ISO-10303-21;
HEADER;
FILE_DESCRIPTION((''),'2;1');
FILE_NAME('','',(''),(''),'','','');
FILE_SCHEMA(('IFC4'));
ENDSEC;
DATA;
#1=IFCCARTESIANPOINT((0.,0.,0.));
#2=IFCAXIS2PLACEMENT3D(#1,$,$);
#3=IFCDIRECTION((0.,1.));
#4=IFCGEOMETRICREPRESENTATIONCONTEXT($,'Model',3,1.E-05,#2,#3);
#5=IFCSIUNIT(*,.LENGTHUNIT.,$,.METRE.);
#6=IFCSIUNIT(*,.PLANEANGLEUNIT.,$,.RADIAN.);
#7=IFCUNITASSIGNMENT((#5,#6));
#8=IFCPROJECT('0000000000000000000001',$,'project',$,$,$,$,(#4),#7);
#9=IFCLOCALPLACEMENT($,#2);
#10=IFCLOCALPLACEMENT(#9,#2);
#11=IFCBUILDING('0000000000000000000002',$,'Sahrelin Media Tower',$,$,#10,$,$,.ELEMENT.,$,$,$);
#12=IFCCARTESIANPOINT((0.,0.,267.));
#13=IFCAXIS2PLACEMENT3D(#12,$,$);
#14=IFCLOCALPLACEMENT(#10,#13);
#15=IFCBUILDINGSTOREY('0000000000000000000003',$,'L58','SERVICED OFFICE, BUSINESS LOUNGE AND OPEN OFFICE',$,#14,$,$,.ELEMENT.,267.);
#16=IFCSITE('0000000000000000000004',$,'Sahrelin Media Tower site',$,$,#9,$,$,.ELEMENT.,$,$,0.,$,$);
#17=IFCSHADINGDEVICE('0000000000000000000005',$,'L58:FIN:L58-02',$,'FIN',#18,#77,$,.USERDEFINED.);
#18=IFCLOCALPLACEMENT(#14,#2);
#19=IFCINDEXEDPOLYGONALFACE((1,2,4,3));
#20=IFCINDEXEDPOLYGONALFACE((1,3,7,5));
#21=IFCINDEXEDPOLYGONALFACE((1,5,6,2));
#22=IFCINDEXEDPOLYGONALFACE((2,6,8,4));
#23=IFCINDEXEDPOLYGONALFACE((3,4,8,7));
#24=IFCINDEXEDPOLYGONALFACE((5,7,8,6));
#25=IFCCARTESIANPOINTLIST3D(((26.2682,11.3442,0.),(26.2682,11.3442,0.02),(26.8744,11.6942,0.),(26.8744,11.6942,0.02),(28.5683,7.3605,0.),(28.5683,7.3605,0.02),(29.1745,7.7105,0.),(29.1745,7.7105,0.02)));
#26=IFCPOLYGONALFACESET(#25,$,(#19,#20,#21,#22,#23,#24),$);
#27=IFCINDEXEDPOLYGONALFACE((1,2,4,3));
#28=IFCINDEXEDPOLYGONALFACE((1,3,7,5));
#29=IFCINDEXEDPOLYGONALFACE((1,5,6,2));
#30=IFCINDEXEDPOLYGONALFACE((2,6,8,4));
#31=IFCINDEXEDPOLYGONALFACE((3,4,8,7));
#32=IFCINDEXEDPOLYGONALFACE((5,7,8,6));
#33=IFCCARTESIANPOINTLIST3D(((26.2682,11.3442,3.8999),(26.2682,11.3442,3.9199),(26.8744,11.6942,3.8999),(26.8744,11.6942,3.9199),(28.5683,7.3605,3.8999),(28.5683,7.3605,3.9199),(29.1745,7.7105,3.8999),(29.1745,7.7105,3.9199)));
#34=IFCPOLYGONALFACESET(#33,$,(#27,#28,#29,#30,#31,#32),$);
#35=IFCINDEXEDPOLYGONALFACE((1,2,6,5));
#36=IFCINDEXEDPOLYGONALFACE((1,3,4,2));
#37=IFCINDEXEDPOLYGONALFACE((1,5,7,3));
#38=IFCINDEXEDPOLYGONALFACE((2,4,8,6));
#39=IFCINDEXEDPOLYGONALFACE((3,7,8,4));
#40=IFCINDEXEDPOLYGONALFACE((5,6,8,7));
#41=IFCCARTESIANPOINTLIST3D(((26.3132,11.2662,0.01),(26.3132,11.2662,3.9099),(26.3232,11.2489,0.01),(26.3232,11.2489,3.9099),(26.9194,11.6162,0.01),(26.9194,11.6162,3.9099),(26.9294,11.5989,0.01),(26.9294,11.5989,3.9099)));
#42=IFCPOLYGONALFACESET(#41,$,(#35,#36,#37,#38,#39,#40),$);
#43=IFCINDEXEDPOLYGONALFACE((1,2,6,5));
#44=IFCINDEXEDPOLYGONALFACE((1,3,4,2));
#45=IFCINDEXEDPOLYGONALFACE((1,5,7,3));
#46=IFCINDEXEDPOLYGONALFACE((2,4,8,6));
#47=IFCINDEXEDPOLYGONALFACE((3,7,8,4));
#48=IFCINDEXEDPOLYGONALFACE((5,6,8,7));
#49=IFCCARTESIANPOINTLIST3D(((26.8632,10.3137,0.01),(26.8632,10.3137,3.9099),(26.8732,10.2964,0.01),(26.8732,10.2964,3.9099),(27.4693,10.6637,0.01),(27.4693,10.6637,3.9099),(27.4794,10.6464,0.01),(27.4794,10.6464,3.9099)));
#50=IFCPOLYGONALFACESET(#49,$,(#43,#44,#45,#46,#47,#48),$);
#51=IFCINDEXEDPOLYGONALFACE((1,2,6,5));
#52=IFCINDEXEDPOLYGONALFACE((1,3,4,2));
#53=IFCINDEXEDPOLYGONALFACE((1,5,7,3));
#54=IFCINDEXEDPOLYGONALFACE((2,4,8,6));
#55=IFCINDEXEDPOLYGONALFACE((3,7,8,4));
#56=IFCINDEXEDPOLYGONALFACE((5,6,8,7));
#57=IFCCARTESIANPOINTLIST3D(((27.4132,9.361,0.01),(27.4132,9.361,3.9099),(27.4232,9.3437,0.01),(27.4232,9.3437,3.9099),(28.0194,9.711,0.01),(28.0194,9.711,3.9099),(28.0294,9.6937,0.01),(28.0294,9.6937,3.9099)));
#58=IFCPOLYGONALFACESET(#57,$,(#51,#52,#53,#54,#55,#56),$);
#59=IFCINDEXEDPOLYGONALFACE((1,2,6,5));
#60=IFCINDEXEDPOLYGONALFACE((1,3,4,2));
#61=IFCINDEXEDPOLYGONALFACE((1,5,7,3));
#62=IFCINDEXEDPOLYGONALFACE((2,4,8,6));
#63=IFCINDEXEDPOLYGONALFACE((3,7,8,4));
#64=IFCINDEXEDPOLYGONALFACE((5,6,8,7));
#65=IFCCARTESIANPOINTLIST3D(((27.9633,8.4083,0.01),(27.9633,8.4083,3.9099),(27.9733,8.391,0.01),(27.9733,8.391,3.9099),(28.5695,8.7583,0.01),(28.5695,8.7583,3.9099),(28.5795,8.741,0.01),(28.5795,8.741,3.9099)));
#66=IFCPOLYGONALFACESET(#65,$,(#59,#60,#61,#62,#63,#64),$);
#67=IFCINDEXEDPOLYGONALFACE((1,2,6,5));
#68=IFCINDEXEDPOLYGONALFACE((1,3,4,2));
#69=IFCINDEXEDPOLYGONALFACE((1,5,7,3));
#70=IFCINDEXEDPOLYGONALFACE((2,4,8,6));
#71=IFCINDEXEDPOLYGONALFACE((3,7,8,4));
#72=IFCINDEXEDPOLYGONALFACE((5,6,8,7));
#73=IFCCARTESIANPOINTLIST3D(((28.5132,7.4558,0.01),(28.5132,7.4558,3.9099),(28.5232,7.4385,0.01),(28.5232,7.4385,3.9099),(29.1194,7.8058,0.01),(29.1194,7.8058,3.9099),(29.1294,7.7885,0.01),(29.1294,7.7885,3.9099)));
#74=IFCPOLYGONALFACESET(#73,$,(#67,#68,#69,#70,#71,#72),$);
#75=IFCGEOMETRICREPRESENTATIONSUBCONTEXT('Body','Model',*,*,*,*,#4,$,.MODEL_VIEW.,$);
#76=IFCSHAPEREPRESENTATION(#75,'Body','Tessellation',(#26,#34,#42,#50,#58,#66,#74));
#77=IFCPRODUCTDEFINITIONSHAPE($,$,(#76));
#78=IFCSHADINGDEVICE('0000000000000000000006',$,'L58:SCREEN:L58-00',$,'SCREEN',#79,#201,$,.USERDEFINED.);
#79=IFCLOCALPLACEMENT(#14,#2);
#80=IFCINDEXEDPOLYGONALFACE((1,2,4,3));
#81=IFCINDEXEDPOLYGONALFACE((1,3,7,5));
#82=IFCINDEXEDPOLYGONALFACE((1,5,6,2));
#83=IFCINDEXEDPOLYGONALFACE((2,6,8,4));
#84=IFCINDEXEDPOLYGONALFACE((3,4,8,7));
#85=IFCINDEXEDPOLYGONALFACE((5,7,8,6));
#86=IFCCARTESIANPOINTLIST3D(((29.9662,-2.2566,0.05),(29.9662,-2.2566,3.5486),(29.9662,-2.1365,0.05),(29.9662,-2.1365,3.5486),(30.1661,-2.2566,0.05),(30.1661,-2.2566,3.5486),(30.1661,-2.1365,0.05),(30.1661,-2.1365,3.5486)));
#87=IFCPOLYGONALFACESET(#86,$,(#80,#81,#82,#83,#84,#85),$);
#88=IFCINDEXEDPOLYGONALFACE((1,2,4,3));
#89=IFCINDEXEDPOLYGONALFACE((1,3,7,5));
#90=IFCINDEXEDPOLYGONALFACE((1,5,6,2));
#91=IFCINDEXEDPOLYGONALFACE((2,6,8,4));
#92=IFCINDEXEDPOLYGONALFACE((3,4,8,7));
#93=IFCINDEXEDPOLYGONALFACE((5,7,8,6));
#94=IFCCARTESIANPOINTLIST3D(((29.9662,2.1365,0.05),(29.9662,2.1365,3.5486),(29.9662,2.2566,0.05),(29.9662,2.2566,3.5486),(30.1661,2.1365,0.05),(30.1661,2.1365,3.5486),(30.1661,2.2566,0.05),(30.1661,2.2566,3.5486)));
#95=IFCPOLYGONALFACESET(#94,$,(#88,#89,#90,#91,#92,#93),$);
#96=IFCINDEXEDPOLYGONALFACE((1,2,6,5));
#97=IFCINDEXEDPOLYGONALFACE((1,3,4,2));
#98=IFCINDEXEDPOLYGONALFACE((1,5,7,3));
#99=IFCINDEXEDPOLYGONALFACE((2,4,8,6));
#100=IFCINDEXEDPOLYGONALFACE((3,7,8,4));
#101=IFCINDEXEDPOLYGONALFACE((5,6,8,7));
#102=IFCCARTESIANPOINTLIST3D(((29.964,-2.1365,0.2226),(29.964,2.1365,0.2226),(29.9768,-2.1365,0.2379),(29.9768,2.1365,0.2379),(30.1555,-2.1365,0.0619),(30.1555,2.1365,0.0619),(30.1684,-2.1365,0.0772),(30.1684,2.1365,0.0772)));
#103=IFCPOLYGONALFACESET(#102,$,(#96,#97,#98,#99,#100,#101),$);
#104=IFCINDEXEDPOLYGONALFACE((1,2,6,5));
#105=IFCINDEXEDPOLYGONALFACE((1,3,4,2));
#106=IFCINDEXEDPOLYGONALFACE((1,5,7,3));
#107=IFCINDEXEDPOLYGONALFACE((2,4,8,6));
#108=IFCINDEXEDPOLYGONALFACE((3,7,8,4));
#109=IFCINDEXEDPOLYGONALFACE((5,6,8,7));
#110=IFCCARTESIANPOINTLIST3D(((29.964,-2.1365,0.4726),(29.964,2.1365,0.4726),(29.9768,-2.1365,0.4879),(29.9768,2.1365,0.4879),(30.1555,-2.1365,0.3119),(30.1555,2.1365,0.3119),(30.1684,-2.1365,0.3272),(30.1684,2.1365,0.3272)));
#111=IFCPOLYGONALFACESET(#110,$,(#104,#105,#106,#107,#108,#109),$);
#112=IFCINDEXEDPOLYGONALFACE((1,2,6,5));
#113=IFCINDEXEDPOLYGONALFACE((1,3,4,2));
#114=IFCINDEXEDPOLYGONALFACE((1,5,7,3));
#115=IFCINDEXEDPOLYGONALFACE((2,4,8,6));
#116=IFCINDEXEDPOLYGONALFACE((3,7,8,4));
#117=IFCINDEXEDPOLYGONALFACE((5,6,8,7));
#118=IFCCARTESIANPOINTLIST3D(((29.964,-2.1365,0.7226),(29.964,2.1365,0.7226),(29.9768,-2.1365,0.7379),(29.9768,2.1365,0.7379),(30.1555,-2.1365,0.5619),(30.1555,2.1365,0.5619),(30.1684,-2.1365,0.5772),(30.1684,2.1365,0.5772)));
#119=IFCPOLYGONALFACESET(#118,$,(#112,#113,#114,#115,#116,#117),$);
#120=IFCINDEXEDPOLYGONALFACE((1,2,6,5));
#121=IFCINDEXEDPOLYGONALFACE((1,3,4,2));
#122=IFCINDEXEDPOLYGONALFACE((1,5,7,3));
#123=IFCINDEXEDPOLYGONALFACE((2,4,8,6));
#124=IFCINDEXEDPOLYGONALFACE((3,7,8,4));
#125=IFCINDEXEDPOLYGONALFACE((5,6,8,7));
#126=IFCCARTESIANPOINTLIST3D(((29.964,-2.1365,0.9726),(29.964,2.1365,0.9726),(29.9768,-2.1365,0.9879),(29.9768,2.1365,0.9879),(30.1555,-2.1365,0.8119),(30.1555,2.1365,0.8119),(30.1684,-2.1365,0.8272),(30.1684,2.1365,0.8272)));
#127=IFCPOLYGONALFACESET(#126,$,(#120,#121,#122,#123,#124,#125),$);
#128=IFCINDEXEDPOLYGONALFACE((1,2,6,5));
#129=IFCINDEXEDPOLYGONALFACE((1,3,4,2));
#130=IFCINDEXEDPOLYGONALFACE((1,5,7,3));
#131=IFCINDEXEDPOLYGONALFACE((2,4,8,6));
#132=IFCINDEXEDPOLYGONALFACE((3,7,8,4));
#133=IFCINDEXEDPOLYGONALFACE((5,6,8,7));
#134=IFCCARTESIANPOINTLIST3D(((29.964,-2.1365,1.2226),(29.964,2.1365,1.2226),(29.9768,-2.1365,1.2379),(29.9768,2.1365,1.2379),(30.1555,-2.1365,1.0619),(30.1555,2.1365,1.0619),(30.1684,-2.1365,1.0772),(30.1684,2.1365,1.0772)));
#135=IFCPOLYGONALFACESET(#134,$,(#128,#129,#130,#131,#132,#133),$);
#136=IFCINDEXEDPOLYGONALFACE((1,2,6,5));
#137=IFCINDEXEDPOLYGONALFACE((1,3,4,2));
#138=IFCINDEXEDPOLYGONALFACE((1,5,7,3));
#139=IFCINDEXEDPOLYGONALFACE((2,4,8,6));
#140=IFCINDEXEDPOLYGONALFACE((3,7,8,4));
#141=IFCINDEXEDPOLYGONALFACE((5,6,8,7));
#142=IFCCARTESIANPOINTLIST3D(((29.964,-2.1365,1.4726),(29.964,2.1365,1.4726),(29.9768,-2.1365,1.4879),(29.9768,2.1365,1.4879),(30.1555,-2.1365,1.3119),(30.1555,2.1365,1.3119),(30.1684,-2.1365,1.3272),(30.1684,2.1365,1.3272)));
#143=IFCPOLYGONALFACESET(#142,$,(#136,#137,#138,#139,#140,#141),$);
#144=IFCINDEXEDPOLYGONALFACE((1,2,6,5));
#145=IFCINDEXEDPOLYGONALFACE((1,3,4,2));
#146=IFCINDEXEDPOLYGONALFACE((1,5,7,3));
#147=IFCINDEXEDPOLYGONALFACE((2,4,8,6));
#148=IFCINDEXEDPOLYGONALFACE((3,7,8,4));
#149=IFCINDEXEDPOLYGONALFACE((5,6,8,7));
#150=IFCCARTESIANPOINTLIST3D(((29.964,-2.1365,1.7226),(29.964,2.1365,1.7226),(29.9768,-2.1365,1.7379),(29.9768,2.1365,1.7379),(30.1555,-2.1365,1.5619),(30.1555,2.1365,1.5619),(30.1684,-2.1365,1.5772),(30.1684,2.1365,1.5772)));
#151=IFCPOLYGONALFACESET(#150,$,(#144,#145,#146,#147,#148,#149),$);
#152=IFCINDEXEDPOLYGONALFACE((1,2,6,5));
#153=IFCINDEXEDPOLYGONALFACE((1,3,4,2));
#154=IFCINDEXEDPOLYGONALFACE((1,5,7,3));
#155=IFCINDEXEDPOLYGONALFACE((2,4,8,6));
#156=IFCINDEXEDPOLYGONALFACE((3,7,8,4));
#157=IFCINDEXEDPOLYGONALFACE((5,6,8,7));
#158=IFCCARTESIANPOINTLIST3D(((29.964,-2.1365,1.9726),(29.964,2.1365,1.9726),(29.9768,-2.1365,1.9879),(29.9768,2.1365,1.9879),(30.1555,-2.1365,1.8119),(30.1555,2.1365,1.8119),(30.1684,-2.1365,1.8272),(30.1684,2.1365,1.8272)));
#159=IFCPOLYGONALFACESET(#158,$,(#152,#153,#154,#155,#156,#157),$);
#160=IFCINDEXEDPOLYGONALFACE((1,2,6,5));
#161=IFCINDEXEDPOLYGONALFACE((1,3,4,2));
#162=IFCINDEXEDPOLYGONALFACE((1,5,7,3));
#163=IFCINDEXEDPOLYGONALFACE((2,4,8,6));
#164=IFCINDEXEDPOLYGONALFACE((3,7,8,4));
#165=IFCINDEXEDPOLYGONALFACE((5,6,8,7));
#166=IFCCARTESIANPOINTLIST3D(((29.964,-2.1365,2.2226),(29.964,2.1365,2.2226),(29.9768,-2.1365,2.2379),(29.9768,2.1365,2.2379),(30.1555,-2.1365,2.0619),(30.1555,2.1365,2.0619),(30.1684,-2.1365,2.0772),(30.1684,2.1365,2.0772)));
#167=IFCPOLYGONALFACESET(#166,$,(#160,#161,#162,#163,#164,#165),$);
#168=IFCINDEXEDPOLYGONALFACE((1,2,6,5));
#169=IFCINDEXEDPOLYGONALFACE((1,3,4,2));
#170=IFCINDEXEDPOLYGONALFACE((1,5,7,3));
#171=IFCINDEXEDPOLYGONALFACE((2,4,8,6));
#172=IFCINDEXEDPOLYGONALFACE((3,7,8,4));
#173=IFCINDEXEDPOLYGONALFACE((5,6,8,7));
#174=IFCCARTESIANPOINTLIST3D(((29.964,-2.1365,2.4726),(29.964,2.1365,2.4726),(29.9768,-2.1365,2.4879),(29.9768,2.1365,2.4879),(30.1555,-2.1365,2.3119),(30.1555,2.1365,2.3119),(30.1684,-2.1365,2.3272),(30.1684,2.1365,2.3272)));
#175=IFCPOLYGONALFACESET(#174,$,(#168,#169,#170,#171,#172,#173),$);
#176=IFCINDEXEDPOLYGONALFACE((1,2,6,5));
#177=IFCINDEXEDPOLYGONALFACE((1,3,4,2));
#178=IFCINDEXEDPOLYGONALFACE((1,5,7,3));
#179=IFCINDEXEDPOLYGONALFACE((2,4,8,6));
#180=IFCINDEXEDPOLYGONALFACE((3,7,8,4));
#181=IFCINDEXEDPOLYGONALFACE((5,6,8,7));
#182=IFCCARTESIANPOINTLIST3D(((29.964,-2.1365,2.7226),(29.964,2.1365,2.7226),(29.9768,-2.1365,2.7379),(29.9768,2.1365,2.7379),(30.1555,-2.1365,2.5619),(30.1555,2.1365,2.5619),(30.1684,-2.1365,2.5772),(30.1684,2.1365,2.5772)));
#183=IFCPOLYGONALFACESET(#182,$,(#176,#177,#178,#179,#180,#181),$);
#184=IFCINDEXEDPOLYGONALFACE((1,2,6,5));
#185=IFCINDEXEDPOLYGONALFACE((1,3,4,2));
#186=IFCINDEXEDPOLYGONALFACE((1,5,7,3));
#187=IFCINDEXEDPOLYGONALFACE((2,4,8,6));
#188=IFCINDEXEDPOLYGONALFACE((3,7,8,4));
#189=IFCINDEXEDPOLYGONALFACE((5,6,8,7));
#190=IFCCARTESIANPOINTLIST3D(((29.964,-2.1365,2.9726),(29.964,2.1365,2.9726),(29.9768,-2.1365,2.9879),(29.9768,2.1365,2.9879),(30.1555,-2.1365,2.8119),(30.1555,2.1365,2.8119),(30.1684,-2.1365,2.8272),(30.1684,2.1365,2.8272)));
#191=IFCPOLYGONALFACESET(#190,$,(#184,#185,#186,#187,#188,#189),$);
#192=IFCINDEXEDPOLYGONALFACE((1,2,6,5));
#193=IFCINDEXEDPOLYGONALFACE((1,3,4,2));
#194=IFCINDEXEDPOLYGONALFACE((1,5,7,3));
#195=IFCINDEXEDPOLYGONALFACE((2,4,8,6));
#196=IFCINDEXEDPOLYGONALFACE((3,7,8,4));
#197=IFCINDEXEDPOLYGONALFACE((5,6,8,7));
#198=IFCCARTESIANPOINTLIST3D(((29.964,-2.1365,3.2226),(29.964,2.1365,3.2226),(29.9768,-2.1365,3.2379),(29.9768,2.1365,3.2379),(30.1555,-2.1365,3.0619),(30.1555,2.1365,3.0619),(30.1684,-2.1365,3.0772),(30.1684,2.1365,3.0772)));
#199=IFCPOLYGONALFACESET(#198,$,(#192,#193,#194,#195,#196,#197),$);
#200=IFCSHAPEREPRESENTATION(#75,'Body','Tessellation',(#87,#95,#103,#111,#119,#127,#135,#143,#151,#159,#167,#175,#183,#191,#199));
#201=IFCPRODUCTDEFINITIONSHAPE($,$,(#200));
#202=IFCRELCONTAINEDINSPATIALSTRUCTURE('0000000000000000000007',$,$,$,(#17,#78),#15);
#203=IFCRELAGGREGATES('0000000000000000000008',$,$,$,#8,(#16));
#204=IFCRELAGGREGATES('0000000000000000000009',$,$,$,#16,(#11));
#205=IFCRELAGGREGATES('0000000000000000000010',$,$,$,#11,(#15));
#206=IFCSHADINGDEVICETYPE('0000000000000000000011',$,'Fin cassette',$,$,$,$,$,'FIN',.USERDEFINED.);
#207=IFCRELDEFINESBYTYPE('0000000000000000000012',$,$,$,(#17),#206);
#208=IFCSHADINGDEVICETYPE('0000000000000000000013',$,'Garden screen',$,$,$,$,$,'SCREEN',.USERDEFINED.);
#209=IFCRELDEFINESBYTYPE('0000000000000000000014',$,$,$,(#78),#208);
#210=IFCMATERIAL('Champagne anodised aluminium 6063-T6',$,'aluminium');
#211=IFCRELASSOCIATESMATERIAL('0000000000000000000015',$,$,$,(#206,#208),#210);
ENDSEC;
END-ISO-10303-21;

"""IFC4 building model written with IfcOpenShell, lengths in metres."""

from ifc_helpers import new_model, si_unit, direction, frame, origin, origin_2d, place, context, subcontext, project, spatial, rectangle, extrude, material, type_object, element, save


model = new_model("IFC4")

# Units and contexts
model_context = context("Model", 3, precision=1e-05, world=origin(), true_north=direction((0.0, 1.0)))
body_context = subcontext(model_context, "Body", "Model", "MODEL_VIEW")
ifc_project = project(units=[si_unit("LENGTHUNIT", "METRE"), si_unit("PLANEANGLEUNIT", "RADIAN")], contexts=[model_context])

# Site, building, storey
site_placement = place(None, origin())
site = spatial("IfcSite", under=ifc_project, at=site_placement, Name="Sahrelin Media Tower site", CompositionType="ELEMENT", RefElevation=0.0)
building_placement = place(site_placement, origin())
building = spatial("IfcBuilding", under=site, at=building_placement, Name="Sahrelin Media Tower", CompositionType="ELEMENT")
storey_placement = place(building_placement, frame((0.0, 0.0, 267.0)))
storey = spatial("IfcBuildingStorey", under=building, at=storey_placement, Name="L58", Description="SERVICED OFFICE, BUSINESS LOUNGE AND OPEN OFFICE", CompositionType="ELEMENT", Elevation=267.0)

# Shared definitions
ifc_material_1 = material(Name="Champagne anodised aluminium 6063-T6", Category="aluminium")

# Shading devices
shading_device_type_1 = type_object("IfcShadingDeviceType", Name="Fin cassette", ElementType="FIN", PredefinedType="USERDEFINED", material=ifc_material_1)
placement = place(storey_placement, frame((27.3577, 9.3174, 0.0), z_axis=(0.0, 0.0, 1.0), x_axis=(0.500011, -0.866019, 0.0)))
element("IfcShadingDevice", 1, at=placement, inside=storey, type_object=shading_device_type_1, Name="L58:FIN:L58-02", ObjectType="FIN", PredefinedType="USERDEFINED", context=body_context, shape_type="SweptSolid", body=[
    extrude(rectangle(XDim=4.6001, YDim=0.7, at=origin_2d()), frame((0.0, 0.4199, 0.0)), (0.0, 0.0, 1.0), 0.02),
    extrude(rectangle(XDim=4.6001, YDim=0.7, at=origin_2d()), frame((0.0, 0.4199, 3.8999)), (0.0, 0.0, 1.0), 0.02),
    extrude(rectangle(XDim=0.02, YDim=0.7, at=origin_2d()), frame((-2.2, 0.4199, 0.01), z_axis=(0.0, 0.0, 1.0), x_axis=(1.0, 0.0, 0.0)), (0.0, 0.0, 1.0), 3.8999),
    extrude(rectangle(XDim=0.02, YDim=0.7, at=origin_2d()), frame((-1.1001, 0.4199, 0.01), z_axis=(0.0, 0.0, 1.0), x_axis=(1.0, 0.0, 0.0)), (0.0, 0.0, 1.0), 3.8999),
    extrude(rectangle(XDim=0.02, YDim=0.7, at=origin_2d()), frame((0.0, 0.4199, 0.01), z_axis=(0.0, 0.0, 1.0), x_axis=(1.0, 0.0, 0.0)), (0.0, 0.0, 1.0), 3.8999),
    extrude(rectangle(XDim=0.02, YDim=0.7, at=origin_2d()), frame((1.1001, 0.4199, 0.01), z_axis=(0.0, 0.0, 1.0), x_axis=(1.0, 0.0, 0.0)), (0.0, 0.0, 1.0), 3.8999),
    extrude(rectangle(XDim=0.02, YDim=0.7, at=origin_2d()), frame((2.2, 0.4199, 0.01), z_axis=(0.0, 0.0, 1.0), x_axis=(1.0, 0.0, 0.0)), (0.0, 0.0, 1.0), 3.8999),
])
shading_device_type_2 = type_object("IfcShadingDeviceType", Name="Garden screen", ElementType="SCREEN", PredefinedType="USERDEFINED", material=ifc_material_1)
shading_device_1_placement = place(storey_placement, frame((29.9661, 0.0, 0.0), z_axis=(0.0, 0.0, 1.0), x_axis=(0.0, -1.0, 0.0)))
element("IfcShadingDevice", 2, at=shading_device_1_placement, inside=storey, type_object=shading_device_type_2, Name="L58:SCREEN:L58-00", ObjectType="SCREEN", PredefinedType="USERDEFINED", context=body_context, shape_type="SweptSolid", body=[
    extrude(rectangle(XDim=0.1201, YDim=0.2, at=origin_2d()), frame((2.1965, 0.1001, 0.05), z_axis=(0.0, 0.0, 1.0), x_axis=(1.0, 0.0, 0.0)), (0.0, 0.0, 1.0), 3.4985),
    extrude(rectangle(XDim=0.1201, YDim=0.2, at=origin_2d()), frame((-2.1965, 0.1001, 0.05), z_axis=(0.0, 0.0, 1.0), x_axis=(1.0, 0.0, 0.0)), (0.0, 0.0, 1.0), 3.4985),
    extrude(rectangle(XDim=0.25, YDim=0.02, at=origin_2d()), frame((2.1365, 0.1001, 0.1499), z_axis=(-1.0, 0.0, 0.0), x_axis=(0.0, -0.766044, 0.642788)), (0.0, 0.0, 1.0), 4.2729),
    extrude(rectangle(XDim=0.25, YDim=0.02, at=origin_2d()), frame((2.1365, 0.1001, 0.3999), z_axis=(-1.0, 0.0, 0.0), x_axis=(0.0, -0.766044, 0.642788)), (0.0, 0.0, 1.0), 4.2729),
    extrude(rectangle(XDim=0.25, YDim=0.02, at=origin_2d()), frame((2.1365, 0.1001, 0.6499), z_axis=(-1.0, 0.0, 0.0), x_axis=(0.0, -0.766044, 0.642788)), (0.0, 0.0, 1.0), 4.2729),
    extrude(rectangle(XDim=0.25, YDim=0.02, at=origin_2d()), frame((2.1365, 0.1001, 0.8999), z_axis=(-1.0, 0.0, 0.0), x_axis=(0.0, -0.766044, 0.642788)), (0.0, 0.0, 1.0), 4.2729),
    extrude(rectangle(XDim=0.25, YDim=0.02, at=origin_2d()), frame((2.1365, 0.1001, 1.1499), z_axis=(-1.0, 0.0, 0.0), x_axis=(0.0, -0.766044, 0.642788)), (0.0, 0.0, 1.0), 4.2729),
    extrude(rectangle(XDim=0.25, YDim=0.02, at=origin_2d()), frame((2.1365, 0.1001, 1.3999), z_axis=(-1.0, 0.0, 0.0), x_axis=(0.0, -0.766044, 0.642788)), (0.0, 0.0, 1.0), 4.2729),
    extrude(rectangle(XDim=0.25, YDim=0.02, at=origin_2d()), frame((2.1365, 0.1001, 1.6499), z_axis=(-1.0, 0.0, 0.0), x_axis=(0.0, -0.766044, 0.642788)), (0.0, 0.0, 1.0), 4.2729),
    extrude(rectangle(XDim=0.25, YDim=0.02, at=origin_2d()), frame((2.1365, 0.1001, 1.8999), z_axis=(-1.0, 0.0, 0.0), x_axis=(0.0, -0.766044, 0.642788)), (0.0, 0.0, 1.0), 4.2729),
    extrude(rectangle(XDim=0.25, YDim=0.02, at=origin_2d()), frame((2.1365, 0.1001, 2.1499), z_axis=(-1.0, 0.0, 0.0), x_axis=(0.0, -0.766044, 0.642788)), (0.0, 0.0, 1.0), 4.2729),
    extrude(rectangle(XDim=0.25, YDim=0.02, at=origin_2d()), frame((2.1365, 0.1001, 2.3999), z_axis=(-1.0, 0.0, 0.0), x_axis=(0.0, -0.766044, 0.642788)), (0.0, 0.0, 1.0), 4.2729),
    extrude(rectangle(XDim=0.25, YDim=0.02, at=origin_2d()), frame((2.1365, 0.1001, 2.6499), z_axis=(-1.0, 0.0, 0.0), x_axis=(0.0, -0.766044, 0.642788)), (0.0, 0.0, 1.0), 4.2729),
    extrude(rectangle(XDim=0.25, YDim=0.02, at=origin_2d()), frame((2.1365, 0.1001, 2.8999), z_axis=(-1.0, 0.0, 0.0), x_axis=(0.0, -0.766044, 0.642788)), (0.0, 0.0, 1.0), 4.2729),
    extrude(rectangle(XDim=0.25, YDim=0.02, at=origin_2d()), frame((2.1365, 0.1001, 3.1499), z_axis=(-1.0, 0.0, 0.0), x_axis=(0.0, -0.766044, 0.642788)), (0.0, 0.0, 1.0), 4.2729),
])

save(model, "model.ifc")
